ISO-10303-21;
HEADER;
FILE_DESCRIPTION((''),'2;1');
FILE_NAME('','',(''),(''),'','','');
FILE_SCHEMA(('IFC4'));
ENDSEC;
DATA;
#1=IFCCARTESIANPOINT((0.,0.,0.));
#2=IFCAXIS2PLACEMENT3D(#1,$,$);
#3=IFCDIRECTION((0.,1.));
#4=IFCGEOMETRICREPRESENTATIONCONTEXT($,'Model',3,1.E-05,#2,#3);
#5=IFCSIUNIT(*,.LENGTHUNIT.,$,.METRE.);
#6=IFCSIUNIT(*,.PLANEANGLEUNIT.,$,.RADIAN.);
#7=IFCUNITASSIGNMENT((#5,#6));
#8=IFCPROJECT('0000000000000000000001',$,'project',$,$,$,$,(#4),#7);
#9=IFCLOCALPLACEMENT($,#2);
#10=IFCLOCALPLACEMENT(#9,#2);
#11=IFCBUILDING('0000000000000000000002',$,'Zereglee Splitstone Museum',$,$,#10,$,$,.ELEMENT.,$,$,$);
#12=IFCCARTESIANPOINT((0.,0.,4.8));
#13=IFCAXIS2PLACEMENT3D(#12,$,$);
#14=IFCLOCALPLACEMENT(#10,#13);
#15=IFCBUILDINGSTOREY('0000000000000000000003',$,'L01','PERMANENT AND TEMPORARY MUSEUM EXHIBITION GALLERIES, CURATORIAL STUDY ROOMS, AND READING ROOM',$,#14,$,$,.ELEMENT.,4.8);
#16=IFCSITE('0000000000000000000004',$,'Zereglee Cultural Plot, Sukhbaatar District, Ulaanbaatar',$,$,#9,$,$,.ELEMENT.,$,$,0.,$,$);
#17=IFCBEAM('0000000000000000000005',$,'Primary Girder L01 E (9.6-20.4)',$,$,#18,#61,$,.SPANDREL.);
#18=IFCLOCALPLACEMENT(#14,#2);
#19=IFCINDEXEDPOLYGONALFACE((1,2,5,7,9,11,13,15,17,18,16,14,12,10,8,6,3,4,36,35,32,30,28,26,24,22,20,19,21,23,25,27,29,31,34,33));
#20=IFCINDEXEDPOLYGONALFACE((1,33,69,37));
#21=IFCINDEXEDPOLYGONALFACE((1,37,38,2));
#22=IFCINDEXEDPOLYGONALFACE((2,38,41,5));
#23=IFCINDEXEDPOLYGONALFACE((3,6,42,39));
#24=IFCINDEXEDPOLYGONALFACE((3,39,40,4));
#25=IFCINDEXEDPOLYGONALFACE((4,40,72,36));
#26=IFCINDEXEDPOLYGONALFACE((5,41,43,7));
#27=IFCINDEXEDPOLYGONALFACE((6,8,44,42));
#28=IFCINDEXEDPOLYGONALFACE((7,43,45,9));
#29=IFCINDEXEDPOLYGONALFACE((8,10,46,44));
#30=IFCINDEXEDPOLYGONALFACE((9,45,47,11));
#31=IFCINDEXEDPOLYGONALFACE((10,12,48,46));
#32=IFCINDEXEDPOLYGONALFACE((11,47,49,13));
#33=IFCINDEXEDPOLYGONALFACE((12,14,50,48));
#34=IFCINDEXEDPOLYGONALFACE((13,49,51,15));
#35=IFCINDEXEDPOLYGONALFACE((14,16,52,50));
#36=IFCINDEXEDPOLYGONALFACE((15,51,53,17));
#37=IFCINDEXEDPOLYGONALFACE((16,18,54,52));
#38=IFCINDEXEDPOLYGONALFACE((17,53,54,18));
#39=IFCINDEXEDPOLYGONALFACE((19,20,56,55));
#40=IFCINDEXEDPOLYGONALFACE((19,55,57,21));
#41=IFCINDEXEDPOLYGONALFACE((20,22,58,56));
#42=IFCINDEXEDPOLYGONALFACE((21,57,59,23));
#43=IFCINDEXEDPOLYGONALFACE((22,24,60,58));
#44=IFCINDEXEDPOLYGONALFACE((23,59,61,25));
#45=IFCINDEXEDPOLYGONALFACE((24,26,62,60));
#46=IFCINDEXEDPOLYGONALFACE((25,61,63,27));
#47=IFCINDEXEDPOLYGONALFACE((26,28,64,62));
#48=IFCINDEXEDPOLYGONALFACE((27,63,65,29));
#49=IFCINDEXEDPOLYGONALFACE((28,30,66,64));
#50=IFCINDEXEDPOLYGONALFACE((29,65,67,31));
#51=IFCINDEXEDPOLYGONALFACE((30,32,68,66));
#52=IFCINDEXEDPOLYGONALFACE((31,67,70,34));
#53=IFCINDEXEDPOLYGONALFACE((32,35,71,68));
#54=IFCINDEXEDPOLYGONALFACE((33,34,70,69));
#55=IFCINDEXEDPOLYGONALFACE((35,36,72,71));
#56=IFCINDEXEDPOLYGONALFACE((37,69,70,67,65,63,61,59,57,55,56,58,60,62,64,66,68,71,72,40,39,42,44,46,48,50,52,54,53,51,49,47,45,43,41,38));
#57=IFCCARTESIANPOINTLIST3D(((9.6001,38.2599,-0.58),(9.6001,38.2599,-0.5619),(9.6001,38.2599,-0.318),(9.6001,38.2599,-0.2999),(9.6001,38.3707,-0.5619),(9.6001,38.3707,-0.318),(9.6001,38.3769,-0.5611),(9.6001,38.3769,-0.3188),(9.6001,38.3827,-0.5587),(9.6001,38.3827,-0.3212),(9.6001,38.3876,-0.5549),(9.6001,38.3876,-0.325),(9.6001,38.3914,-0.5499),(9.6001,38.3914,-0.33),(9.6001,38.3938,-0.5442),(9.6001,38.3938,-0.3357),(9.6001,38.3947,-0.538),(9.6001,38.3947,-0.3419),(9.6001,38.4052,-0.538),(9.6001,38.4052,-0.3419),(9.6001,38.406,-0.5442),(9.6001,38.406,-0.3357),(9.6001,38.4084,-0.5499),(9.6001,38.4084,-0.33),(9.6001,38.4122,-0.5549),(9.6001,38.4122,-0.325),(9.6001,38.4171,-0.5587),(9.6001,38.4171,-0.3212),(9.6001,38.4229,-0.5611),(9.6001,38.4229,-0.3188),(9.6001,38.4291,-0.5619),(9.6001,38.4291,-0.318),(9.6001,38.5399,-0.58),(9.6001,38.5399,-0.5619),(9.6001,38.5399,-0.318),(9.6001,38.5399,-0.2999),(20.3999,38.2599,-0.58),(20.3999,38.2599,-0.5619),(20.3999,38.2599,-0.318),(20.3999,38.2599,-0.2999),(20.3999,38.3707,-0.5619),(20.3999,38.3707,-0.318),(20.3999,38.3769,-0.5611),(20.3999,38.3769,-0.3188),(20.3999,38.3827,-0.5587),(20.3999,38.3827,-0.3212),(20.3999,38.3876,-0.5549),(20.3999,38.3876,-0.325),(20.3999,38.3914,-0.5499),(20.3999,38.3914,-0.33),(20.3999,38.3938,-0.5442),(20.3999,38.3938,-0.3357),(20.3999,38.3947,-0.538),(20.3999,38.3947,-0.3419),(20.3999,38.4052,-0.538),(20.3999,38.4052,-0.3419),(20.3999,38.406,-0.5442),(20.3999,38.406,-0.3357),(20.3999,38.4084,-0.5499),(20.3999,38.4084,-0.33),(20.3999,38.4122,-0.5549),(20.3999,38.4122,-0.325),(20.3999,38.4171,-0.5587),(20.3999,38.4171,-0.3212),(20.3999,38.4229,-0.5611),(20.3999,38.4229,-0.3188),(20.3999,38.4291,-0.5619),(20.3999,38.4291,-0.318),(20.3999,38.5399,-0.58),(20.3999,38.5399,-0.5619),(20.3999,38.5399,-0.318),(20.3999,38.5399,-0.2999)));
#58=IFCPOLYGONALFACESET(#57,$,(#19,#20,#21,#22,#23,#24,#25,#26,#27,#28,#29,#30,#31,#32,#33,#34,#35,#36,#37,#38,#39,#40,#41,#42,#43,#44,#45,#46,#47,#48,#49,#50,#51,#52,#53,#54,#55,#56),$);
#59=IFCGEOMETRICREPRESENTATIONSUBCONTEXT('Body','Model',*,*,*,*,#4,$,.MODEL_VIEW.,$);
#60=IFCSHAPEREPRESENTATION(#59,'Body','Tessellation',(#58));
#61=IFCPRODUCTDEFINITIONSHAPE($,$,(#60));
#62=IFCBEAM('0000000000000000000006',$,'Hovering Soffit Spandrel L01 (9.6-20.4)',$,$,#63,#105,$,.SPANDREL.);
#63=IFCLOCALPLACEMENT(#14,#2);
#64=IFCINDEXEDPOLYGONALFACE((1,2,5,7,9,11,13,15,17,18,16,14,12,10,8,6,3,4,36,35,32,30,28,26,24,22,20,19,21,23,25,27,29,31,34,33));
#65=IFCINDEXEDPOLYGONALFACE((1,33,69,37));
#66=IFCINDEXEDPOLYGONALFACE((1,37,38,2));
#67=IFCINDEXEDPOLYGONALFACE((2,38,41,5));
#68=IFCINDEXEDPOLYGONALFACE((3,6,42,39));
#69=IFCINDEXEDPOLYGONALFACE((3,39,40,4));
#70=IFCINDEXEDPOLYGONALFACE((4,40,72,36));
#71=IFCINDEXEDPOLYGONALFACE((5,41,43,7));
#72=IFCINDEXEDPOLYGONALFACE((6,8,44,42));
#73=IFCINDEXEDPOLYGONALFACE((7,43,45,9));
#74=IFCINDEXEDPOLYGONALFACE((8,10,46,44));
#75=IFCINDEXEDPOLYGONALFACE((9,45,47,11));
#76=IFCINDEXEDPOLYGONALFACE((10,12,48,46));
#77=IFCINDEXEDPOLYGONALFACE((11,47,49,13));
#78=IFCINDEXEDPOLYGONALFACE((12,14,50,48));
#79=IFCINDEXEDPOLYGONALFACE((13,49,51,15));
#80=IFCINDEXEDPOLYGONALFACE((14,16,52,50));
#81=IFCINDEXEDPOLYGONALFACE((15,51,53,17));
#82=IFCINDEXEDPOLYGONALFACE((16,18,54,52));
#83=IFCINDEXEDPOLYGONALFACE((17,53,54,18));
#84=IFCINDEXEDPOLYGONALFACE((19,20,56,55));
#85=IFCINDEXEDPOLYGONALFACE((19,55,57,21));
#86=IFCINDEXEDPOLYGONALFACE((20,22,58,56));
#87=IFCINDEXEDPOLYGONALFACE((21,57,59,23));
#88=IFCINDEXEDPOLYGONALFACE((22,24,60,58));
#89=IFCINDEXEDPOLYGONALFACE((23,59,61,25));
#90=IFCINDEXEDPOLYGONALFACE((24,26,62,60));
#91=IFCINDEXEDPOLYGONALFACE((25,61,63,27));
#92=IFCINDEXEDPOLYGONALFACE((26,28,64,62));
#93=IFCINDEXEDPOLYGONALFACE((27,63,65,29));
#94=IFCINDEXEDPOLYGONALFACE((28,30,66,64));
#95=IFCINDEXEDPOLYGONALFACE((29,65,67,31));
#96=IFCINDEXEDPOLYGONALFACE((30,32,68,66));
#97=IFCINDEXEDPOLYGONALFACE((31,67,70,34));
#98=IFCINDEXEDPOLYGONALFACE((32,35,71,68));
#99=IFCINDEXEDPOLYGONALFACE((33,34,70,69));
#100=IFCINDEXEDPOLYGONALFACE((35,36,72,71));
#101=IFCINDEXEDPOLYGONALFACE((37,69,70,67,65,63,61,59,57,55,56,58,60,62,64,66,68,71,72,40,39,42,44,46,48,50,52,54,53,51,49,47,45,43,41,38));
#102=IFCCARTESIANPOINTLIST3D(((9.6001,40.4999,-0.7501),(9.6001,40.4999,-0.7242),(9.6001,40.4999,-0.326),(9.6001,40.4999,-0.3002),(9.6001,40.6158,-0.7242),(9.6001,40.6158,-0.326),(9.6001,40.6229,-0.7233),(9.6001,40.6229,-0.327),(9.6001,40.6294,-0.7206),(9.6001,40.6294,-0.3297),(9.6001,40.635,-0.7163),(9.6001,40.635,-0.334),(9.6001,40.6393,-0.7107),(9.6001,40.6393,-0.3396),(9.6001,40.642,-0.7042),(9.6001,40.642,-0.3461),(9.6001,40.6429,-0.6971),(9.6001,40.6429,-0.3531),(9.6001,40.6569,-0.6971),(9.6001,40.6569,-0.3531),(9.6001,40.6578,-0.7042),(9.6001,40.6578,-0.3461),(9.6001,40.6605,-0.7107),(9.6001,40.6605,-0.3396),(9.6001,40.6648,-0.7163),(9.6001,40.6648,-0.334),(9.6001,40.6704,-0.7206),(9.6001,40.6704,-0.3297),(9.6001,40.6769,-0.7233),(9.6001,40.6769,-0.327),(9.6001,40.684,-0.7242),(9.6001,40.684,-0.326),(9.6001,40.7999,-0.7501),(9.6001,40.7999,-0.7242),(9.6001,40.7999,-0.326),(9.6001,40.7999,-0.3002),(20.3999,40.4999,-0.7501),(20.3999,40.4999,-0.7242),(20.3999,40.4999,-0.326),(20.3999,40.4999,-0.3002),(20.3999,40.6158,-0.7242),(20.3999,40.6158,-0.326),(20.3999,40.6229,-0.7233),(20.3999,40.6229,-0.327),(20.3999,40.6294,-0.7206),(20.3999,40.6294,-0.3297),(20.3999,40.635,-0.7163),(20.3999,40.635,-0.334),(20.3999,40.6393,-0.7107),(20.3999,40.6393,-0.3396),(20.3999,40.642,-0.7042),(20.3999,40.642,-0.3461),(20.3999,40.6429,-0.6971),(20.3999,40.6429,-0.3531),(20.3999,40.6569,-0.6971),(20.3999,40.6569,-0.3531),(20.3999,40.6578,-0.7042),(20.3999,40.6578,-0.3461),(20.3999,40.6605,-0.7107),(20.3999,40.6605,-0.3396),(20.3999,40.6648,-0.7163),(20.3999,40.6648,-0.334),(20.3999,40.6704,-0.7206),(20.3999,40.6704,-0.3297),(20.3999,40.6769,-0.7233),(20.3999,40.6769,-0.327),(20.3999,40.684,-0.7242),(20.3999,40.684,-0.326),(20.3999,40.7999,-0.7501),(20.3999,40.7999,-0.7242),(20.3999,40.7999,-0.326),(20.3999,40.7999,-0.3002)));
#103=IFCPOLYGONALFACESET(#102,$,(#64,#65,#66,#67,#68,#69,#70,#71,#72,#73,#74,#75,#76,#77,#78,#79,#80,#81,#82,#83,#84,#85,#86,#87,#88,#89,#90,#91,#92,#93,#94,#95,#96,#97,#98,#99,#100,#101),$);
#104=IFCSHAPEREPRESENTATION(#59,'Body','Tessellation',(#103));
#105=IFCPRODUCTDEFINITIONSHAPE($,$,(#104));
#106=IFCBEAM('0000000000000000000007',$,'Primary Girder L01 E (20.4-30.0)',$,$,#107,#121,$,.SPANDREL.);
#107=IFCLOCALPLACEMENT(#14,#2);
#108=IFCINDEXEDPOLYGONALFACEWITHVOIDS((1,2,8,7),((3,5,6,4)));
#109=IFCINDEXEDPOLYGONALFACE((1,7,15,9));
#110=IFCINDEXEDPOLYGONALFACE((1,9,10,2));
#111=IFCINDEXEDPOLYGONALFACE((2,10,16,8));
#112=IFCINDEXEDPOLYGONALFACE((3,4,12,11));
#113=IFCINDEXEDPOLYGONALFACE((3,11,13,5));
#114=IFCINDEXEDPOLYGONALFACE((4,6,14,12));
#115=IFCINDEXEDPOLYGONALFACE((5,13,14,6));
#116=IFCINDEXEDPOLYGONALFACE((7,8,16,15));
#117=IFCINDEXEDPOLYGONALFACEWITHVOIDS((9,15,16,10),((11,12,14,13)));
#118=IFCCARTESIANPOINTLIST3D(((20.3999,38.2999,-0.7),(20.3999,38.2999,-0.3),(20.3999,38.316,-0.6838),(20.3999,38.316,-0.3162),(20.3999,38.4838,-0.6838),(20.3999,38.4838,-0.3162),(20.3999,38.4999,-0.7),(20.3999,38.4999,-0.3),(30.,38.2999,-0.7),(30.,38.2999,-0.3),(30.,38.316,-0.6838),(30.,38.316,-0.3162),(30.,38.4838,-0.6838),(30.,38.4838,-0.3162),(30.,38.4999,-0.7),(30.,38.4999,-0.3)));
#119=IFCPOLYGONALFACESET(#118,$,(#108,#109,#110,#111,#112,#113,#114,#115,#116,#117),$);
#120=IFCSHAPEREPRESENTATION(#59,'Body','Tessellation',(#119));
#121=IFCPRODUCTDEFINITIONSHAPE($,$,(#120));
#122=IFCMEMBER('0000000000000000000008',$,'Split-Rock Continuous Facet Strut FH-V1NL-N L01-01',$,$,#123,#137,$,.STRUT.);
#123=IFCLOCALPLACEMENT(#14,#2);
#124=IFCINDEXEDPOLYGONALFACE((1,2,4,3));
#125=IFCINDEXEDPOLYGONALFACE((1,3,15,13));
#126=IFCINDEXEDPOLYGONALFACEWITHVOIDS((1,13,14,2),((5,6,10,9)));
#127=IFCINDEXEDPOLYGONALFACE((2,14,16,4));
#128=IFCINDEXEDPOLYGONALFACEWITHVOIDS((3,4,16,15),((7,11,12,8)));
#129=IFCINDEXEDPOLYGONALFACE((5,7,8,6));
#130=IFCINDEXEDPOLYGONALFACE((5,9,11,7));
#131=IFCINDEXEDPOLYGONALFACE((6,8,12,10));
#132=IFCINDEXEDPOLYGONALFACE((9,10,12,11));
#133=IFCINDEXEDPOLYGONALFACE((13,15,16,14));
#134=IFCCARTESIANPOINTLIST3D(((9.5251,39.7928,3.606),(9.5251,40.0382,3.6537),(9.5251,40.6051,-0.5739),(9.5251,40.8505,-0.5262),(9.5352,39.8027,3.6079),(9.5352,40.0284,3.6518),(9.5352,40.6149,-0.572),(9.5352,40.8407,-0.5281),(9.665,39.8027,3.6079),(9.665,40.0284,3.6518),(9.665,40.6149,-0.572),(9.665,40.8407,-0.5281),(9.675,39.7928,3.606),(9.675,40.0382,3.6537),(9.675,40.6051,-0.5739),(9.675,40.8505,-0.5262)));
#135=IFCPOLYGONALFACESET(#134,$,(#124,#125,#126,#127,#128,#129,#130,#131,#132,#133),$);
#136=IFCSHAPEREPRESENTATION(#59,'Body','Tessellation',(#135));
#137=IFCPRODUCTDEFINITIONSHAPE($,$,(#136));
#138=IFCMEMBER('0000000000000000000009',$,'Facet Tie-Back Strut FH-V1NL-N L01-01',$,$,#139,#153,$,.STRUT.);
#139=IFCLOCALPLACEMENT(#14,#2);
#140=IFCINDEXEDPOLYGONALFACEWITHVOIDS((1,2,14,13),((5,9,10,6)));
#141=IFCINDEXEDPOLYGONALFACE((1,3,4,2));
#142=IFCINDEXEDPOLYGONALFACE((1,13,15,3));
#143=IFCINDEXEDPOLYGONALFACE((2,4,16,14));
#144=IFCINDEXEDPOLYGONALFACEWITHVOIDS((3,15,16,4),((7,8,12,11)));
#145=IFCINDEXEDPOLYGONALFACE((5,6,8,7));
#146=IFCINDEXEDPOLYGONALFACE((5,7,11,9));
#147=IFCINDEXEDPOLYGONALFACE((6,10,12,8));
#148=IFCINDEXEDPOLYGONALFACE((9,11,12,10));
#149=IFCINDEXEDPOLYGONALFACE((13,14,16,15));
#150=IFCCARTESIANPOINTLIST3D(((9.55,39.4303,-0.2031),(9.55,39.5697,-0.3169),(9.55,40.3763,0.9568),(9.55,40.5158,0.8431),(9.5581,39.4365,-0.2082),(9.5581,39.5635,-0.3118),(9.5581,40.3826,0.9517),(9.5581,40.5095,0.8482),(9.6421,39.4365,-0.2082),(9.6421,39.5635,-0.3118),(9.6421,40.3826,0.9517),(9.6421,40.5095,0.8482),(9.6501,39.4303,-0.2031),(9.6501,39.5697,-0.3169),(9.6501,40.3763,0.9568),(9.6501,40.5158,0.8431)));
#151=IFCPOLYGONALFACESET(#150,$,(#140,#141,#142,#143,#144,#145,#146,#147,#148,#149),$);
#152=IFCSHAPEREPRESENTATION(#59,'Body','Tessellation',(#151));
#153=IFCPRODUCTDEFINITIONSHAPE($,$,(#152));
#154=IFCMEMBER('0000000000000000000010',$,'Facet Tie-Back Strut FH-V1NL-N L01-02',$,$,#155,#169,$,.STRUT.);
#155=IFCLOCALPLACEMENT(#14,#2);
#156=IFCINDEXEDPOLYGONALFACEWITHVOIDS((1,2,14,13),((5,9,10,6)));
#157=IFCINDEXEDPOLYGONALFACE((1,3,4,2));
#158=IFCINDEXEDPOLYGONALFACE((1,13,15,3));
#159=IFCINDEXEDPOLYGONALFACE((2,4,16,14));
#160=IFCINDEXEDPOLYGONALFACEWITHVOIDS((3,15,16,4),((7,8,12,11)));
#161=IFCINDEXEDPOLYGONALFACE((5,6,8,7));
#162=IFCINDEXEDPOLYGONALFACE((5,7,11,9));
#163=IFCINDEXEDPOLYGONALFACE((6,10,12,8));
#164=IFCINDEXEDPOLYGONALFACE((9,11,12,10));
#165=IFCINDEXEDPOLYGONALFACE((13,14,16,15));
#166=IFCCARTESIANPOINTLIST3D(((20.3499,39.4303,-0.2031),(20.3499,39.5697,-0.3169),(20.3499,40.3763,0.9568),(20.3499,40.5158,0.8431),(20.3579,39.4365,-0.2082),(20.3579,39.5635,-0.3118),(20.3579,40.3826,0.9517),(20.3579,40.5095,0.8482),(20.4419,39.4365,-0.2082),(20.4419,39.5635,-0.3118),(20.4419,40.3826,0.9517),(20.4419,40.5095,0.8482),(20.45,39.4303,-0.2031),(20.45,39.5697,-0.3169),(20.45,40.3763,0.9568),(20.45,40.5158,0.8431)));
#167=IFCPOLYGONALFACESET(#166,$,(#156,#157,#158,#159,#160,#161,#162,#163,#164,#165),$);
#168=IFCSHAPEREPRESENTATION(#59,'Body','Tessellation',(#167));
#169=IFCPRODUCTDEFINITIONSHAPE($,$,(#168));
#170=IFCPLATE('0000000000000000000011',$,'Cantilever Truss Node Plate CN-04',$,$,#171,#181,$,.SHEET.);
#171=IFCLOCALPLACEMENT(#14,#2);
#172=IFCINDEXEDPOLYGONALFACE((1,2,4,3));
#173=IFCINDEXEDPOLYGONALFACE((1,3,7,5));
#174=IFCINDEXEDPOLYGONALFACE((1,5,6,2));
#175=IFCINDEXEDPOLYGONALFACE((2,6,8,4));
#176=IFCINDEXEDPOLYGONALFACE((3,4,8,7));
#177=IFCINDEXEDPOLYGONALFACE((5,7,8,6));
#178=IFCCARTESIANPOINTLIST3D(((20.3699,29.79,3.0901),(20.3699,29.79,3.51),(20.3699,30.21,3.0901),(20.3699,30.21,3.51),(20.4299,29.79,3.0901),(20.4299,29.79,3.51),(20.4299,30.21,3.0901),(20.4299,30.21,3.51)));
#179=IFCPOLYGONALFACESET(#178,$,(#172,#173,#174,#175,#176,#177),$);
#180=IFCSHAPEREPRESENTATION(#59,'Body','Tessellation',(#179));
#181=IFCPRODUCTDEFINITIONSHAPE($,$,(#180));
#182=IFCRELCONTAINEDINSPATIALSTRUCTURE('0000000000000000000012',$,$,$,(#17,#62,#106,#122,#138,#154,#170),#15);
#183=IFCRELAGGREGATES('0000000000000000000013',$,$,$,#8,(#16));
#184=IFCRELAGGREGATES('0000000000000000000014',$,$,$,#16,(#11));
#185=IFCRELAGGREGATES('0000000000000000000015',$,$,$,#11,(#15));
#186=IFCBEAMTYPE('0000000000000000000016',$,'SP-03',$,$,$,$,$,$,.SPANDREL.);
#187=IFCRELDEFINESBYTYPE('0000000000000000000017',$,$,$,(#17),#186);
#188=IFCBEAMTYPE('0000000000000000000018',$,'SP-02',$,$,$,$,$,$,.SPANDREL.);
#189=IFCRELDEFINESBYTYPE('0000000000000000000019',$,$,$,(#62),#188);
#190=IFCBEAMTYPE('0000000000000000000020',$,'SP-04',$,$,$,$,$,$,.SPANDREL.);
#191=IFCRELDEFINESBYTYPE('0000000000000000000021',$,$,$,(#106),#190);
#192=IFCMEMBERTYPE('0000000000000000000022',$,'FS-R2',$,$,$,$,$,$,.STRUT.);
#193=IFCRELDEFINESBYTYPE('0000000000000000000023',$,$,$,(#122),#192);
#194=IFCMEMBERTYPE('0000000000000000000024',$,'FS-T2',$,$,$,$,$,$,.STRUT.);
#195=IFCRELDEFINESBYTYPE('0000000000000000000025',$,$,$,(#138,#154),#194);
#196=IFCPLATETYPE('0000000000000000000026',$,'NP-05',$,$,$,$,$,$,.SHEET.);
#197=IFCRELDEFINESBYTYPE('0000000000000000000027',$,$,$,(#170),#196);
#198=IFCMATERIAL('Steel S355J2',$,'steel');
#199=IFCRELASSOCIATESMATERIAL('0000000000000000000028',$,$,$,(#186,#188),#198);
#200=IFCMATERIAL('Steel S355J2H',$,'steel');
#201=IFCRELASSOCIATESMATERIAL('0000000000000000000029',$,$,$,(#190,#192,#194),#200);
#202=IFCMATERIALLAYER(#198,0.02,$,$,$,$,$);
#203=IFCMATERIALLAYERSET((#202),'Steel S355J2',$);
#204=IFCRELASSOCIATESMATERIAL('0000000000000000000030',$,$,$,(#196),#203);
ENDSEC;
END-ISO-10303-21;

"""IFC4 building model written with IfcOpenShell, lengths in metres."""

from ifc_helpers import new_model, si_unit, direction, frame, origin, origin_2d, place, context, subcontext, project, spatial, rectangle, hollow_rectangle, i_section, extrude, material, layer, layer_set, material_profile, profile_set, type_object, element, save


model = new_model("IFC4")

# Units and contexts
model_context = context("Model", 3, precision=1e-05, world=origin(), true_north=direction((0.0, 1.0)))
body_context = subcontext(model_context, "Body", "Model", "MODEL_VIEW")
ifc_project = project(units=[si_unit("LENGTHUNIT", "METRE"), si_unit("PLANEANGLEUNIT", "RADIAN")], contexts=[model_context])

# Site, building, storey
site_placement = place(None, origin())
site = spatial("IfcSite", under=ifc_project, at=site_placement, Name="Zereglee Cultural Plot, Sukhbaatar District, Ulaanbaatar", CompositionType="ELEMENT", RefElevation=0.0)
building_placement = place(site_placement, origin())
building = spatial("IfcBuilding", under=site, at=building_placement, Name="Zereglee Splitstone Museum", CompositionType="ELEMENT")
storey_placement = place(building_placement, frame((0.0, 0.0, 4.8)))
storey = spatial("IfcBuildingStorey", under=building, at=storey_placement, Name="L01", Description="PERMANENT AND TEMPORARY MUSEUM EXHIBITION GALLERIES, CURATORIAL STUDY ROOMS, AND READING ROOM", CompositionType="ELEMENT", Elevation=4.8)

# Shared definitions
ifc_material_1 = material(Name="Steel S355J2", Category="steel")
ifc_material_2 = material(Name="Steel S355J2H", Category="steel")

# Beams
ifc_material_profile_1 = material_profile(ifc_material_1, i_section(OverallWidth=0.28, OverallDepth=0.28, WebThickness=0.0105, FlangeThickness=0.0181, FilletRadius=0.0239, at=origin_2d()), Name="HE 280 B")
ifc_profile_set_1 = profile_set([ifc_material_profile_1], Name="Steel S355J2")
beam_type_1 = type_object("IfcBeamType", Name="SP-03", PredefinedType="SPANDREL", material=ifc_profile_set_1)
beam_1_placement = place(storey_placement, frame((9.6001, 38.3999, -0.4399), z_axis=(1.0, 0.0, 0.0), x_axis=(0.0, 1.0, 0.0)))
element("IfcBeam", 1, at=beam_1_placement, inside=storey, type_object=beam_type_1, Name="Primary Girder L01 E (9.6-20.4)", PredefinedType="SPANDREL", context=body_context, shape_type="SweptSolid", body=[
    extrude(i_section(OverallWidth=0.28, OverallDepth=0.28, WebThickness=0.0105, FlangeThickness=0.0181, FilletRadius=0.0239, at=origin_2d()), origin(), (0.0, 0.0, 1.0), 10.7998),
])
ifc_material_profile_2 = material_profile(ifc_material_1, i_section(OverallWidth=0.3, OverallDepth=0.45, WebThickness=0.0139, FlangeThickness=0.0259, FilletRadius=0.0271, at=origin_2d()), Name="HE 450 B")
ifc_profile_set_2 = profile_set([ifc_material_profile_2], Name="Steel S355J2")
beam_type_2 = type_object("IfcBeamType", Name="SP-02", PredefinedType="SPANDREL", material=ifc_profile_set_2)
beam_2_placement = place(storey_placement, frame((9.6001, 40.6499, -0.5251), z_axis=(1.0, 0.0, 0.0), x_axis=(0.0, 1.0, 0.0)))
element("IfcBeam", 2, at=beam_2_placement, inside=storey, type_object=beam_type_2, Name="Hovering Soffit Spandrel L01 (9.6-20.4)", PredefinedType="SPANDREL", context=body_context, shape_type="SweptSolid", body=[
    extrude(i_section(OverallWidth=0.3, OverallDepth=0.45, WebThickness=0.0139, FlangeThickness=0.0259, FilletRadius=0.0271, at=origin_2d()), origin(), (0.0, 0.0, 1.0), 10.7998),
])
ifc_material_profile_3 = material_profile(ifc_material_2, hollow_rectangle(XDim=0.2, YDim=0.3999, WallThickness=0.0161, at=origin_2d()), Name="RHS 400x200x16")
ifc_profile_set_3 = profile_set([ifc_material_profile_3], Name="Steel S355J2H")
beam_type_3 = type_object("IfcBeamType", Name="SP-04", PredefinedType="SPANDREL", material=ifc_profile_set_3)
beam_3_placement = place(storey_placement, frame((20.3999, 38.3999, -0.5), z_axis=(1.0, 0.0, 0.0), x_axis=(0.0, 1.0, 0.0)))
element("IfcBeam", 3, at=beam_3_placement, inside=storey, type_object=beam_type_3, Name="Primary Girder L01 E (20.4-30.0)", PredefinedType="SPANDREL", context=body_context, shape_type="SweptSolid", body=[
    extrude(hollow_rectangle(XDim=0.2, YDim=0.3999, WallThickness=0.0161, at=origin_2d()), origin(), (0.0, 0.0, 1.0), 9.6001),
])

# Members
ifc_material_profile_4 = material_profile(ifc_material_2, hollow_rectangle(XDim=0.1499, YDim=0.25, WallThickness=0.01, at=origin_2d()), Name="RHS 250x150x10")
ifc_profile_set_4 = profile_set([ifc_material_profile_4], Name="Steel S355J2H")
member_type_1 = type_object("IfcMemberType", Name="FS-R2", PredefinedType="STRUT", material=ifc_profile_set_4)
member_1_placement = place(storey_placement, frame((9.6001, 40.7278, -0.55), z_axis=(0.0, -0.190755, 0.981638), x_axis=(1.0, 0.0, 0.0)))
element("IfcMember", 4, at=member_1_placement, inside=storey, type_object=member_type_1, Name="Split-Rock Continuous Facet Strut FH-V1NL-N L01-01", PredefinedType="STRUT", context=body_context, shape_type="SweptSolid", body=[
    extrude(hollow_rectangle(XDim=0.1499, YDim=0.25, WallThickness=0.01, at=origin_2d()), origin(), (0.0, 0.0, 1.0), 4.2581),
])
ifc_material_profile_5 = material_profile(ifc_material_2, hollow_rectangle(XDim=0.1001, YDim=0.1799, WallThickness=0.0081, at=origin_2d()), Name="RHS 180x100x8")
ifc_profile_set_5 = profile_set([ifc_material_profile_5], Name="Steel S355J2H")
member_type_2 = type_object("IfcMemberType", Name="FS-T2", PredefinedType="STRUT", material=ifc_profile_set_5)
for number, where, z_axis, x_axis, name in (
    (5, (9.6001, 39.5, -0.26), (0.0, 0.632047, 0.77493), (-1.0, 0.0, 0.0), "Facet Tie-Back Strut FH-V1NL-N L01-01"),
    (6, (20.3999, 39.5, -0.26), (0.0, 0.632047, 0.77493), (-1.0, 0.0, 0.0), "Facet Tie-Back Strut FH-V1NL-N L01-02"),
):
    element("IfcMember", number, at=place(storey_placement, frame(where, z_axis=z_axis, x_axis=x_axis)), inside=storey, type_object=member_type_2, Name=name, PredefinedType="STRUT", context=body_context, shape_type="SweptSolid", body=[
        extrude(hollow_rectangle(XDim=0.1001, YDim=0.1799, WallThickness=0.0081, at=origin_2d()), origin(), (0.0, 0.0, 1.0), 1.4968),
    ])

# Plate
ifc_layer_1 = layer(ifc_material_1, 0.02)
ifc_layer_set_1 = layer_set([ifc_layer_1], Name="Steel S355J2")
plate_type_1 = type_object("IfcPlateType", Name="NP-05", PredefinedType="SHEET", material=ifc_layer_set_1)
plate_1_placement = place(storey_placement, frame((20.3999, 30.0, 3.0901), z_axis=(0.0, 0.0, 1.0), x_axis=(1.0, 0.0, 0.0)))
element("IfcPlate", 7, at=plate_1_placement, inside=storey, type_object=plate_type_1, Name="Cantilever Truss Node Plate CN-04", PredefinedType="SHEET", context=body_context, shape_type="SweptSolid", body=[
    extrude(rectangle(XDim=0.0601, YDim=0.4199, at=origin_2d()), origin(), (0.0, 0.0, 1.0), 0.4199),
])

save(model, "model.ifc")
